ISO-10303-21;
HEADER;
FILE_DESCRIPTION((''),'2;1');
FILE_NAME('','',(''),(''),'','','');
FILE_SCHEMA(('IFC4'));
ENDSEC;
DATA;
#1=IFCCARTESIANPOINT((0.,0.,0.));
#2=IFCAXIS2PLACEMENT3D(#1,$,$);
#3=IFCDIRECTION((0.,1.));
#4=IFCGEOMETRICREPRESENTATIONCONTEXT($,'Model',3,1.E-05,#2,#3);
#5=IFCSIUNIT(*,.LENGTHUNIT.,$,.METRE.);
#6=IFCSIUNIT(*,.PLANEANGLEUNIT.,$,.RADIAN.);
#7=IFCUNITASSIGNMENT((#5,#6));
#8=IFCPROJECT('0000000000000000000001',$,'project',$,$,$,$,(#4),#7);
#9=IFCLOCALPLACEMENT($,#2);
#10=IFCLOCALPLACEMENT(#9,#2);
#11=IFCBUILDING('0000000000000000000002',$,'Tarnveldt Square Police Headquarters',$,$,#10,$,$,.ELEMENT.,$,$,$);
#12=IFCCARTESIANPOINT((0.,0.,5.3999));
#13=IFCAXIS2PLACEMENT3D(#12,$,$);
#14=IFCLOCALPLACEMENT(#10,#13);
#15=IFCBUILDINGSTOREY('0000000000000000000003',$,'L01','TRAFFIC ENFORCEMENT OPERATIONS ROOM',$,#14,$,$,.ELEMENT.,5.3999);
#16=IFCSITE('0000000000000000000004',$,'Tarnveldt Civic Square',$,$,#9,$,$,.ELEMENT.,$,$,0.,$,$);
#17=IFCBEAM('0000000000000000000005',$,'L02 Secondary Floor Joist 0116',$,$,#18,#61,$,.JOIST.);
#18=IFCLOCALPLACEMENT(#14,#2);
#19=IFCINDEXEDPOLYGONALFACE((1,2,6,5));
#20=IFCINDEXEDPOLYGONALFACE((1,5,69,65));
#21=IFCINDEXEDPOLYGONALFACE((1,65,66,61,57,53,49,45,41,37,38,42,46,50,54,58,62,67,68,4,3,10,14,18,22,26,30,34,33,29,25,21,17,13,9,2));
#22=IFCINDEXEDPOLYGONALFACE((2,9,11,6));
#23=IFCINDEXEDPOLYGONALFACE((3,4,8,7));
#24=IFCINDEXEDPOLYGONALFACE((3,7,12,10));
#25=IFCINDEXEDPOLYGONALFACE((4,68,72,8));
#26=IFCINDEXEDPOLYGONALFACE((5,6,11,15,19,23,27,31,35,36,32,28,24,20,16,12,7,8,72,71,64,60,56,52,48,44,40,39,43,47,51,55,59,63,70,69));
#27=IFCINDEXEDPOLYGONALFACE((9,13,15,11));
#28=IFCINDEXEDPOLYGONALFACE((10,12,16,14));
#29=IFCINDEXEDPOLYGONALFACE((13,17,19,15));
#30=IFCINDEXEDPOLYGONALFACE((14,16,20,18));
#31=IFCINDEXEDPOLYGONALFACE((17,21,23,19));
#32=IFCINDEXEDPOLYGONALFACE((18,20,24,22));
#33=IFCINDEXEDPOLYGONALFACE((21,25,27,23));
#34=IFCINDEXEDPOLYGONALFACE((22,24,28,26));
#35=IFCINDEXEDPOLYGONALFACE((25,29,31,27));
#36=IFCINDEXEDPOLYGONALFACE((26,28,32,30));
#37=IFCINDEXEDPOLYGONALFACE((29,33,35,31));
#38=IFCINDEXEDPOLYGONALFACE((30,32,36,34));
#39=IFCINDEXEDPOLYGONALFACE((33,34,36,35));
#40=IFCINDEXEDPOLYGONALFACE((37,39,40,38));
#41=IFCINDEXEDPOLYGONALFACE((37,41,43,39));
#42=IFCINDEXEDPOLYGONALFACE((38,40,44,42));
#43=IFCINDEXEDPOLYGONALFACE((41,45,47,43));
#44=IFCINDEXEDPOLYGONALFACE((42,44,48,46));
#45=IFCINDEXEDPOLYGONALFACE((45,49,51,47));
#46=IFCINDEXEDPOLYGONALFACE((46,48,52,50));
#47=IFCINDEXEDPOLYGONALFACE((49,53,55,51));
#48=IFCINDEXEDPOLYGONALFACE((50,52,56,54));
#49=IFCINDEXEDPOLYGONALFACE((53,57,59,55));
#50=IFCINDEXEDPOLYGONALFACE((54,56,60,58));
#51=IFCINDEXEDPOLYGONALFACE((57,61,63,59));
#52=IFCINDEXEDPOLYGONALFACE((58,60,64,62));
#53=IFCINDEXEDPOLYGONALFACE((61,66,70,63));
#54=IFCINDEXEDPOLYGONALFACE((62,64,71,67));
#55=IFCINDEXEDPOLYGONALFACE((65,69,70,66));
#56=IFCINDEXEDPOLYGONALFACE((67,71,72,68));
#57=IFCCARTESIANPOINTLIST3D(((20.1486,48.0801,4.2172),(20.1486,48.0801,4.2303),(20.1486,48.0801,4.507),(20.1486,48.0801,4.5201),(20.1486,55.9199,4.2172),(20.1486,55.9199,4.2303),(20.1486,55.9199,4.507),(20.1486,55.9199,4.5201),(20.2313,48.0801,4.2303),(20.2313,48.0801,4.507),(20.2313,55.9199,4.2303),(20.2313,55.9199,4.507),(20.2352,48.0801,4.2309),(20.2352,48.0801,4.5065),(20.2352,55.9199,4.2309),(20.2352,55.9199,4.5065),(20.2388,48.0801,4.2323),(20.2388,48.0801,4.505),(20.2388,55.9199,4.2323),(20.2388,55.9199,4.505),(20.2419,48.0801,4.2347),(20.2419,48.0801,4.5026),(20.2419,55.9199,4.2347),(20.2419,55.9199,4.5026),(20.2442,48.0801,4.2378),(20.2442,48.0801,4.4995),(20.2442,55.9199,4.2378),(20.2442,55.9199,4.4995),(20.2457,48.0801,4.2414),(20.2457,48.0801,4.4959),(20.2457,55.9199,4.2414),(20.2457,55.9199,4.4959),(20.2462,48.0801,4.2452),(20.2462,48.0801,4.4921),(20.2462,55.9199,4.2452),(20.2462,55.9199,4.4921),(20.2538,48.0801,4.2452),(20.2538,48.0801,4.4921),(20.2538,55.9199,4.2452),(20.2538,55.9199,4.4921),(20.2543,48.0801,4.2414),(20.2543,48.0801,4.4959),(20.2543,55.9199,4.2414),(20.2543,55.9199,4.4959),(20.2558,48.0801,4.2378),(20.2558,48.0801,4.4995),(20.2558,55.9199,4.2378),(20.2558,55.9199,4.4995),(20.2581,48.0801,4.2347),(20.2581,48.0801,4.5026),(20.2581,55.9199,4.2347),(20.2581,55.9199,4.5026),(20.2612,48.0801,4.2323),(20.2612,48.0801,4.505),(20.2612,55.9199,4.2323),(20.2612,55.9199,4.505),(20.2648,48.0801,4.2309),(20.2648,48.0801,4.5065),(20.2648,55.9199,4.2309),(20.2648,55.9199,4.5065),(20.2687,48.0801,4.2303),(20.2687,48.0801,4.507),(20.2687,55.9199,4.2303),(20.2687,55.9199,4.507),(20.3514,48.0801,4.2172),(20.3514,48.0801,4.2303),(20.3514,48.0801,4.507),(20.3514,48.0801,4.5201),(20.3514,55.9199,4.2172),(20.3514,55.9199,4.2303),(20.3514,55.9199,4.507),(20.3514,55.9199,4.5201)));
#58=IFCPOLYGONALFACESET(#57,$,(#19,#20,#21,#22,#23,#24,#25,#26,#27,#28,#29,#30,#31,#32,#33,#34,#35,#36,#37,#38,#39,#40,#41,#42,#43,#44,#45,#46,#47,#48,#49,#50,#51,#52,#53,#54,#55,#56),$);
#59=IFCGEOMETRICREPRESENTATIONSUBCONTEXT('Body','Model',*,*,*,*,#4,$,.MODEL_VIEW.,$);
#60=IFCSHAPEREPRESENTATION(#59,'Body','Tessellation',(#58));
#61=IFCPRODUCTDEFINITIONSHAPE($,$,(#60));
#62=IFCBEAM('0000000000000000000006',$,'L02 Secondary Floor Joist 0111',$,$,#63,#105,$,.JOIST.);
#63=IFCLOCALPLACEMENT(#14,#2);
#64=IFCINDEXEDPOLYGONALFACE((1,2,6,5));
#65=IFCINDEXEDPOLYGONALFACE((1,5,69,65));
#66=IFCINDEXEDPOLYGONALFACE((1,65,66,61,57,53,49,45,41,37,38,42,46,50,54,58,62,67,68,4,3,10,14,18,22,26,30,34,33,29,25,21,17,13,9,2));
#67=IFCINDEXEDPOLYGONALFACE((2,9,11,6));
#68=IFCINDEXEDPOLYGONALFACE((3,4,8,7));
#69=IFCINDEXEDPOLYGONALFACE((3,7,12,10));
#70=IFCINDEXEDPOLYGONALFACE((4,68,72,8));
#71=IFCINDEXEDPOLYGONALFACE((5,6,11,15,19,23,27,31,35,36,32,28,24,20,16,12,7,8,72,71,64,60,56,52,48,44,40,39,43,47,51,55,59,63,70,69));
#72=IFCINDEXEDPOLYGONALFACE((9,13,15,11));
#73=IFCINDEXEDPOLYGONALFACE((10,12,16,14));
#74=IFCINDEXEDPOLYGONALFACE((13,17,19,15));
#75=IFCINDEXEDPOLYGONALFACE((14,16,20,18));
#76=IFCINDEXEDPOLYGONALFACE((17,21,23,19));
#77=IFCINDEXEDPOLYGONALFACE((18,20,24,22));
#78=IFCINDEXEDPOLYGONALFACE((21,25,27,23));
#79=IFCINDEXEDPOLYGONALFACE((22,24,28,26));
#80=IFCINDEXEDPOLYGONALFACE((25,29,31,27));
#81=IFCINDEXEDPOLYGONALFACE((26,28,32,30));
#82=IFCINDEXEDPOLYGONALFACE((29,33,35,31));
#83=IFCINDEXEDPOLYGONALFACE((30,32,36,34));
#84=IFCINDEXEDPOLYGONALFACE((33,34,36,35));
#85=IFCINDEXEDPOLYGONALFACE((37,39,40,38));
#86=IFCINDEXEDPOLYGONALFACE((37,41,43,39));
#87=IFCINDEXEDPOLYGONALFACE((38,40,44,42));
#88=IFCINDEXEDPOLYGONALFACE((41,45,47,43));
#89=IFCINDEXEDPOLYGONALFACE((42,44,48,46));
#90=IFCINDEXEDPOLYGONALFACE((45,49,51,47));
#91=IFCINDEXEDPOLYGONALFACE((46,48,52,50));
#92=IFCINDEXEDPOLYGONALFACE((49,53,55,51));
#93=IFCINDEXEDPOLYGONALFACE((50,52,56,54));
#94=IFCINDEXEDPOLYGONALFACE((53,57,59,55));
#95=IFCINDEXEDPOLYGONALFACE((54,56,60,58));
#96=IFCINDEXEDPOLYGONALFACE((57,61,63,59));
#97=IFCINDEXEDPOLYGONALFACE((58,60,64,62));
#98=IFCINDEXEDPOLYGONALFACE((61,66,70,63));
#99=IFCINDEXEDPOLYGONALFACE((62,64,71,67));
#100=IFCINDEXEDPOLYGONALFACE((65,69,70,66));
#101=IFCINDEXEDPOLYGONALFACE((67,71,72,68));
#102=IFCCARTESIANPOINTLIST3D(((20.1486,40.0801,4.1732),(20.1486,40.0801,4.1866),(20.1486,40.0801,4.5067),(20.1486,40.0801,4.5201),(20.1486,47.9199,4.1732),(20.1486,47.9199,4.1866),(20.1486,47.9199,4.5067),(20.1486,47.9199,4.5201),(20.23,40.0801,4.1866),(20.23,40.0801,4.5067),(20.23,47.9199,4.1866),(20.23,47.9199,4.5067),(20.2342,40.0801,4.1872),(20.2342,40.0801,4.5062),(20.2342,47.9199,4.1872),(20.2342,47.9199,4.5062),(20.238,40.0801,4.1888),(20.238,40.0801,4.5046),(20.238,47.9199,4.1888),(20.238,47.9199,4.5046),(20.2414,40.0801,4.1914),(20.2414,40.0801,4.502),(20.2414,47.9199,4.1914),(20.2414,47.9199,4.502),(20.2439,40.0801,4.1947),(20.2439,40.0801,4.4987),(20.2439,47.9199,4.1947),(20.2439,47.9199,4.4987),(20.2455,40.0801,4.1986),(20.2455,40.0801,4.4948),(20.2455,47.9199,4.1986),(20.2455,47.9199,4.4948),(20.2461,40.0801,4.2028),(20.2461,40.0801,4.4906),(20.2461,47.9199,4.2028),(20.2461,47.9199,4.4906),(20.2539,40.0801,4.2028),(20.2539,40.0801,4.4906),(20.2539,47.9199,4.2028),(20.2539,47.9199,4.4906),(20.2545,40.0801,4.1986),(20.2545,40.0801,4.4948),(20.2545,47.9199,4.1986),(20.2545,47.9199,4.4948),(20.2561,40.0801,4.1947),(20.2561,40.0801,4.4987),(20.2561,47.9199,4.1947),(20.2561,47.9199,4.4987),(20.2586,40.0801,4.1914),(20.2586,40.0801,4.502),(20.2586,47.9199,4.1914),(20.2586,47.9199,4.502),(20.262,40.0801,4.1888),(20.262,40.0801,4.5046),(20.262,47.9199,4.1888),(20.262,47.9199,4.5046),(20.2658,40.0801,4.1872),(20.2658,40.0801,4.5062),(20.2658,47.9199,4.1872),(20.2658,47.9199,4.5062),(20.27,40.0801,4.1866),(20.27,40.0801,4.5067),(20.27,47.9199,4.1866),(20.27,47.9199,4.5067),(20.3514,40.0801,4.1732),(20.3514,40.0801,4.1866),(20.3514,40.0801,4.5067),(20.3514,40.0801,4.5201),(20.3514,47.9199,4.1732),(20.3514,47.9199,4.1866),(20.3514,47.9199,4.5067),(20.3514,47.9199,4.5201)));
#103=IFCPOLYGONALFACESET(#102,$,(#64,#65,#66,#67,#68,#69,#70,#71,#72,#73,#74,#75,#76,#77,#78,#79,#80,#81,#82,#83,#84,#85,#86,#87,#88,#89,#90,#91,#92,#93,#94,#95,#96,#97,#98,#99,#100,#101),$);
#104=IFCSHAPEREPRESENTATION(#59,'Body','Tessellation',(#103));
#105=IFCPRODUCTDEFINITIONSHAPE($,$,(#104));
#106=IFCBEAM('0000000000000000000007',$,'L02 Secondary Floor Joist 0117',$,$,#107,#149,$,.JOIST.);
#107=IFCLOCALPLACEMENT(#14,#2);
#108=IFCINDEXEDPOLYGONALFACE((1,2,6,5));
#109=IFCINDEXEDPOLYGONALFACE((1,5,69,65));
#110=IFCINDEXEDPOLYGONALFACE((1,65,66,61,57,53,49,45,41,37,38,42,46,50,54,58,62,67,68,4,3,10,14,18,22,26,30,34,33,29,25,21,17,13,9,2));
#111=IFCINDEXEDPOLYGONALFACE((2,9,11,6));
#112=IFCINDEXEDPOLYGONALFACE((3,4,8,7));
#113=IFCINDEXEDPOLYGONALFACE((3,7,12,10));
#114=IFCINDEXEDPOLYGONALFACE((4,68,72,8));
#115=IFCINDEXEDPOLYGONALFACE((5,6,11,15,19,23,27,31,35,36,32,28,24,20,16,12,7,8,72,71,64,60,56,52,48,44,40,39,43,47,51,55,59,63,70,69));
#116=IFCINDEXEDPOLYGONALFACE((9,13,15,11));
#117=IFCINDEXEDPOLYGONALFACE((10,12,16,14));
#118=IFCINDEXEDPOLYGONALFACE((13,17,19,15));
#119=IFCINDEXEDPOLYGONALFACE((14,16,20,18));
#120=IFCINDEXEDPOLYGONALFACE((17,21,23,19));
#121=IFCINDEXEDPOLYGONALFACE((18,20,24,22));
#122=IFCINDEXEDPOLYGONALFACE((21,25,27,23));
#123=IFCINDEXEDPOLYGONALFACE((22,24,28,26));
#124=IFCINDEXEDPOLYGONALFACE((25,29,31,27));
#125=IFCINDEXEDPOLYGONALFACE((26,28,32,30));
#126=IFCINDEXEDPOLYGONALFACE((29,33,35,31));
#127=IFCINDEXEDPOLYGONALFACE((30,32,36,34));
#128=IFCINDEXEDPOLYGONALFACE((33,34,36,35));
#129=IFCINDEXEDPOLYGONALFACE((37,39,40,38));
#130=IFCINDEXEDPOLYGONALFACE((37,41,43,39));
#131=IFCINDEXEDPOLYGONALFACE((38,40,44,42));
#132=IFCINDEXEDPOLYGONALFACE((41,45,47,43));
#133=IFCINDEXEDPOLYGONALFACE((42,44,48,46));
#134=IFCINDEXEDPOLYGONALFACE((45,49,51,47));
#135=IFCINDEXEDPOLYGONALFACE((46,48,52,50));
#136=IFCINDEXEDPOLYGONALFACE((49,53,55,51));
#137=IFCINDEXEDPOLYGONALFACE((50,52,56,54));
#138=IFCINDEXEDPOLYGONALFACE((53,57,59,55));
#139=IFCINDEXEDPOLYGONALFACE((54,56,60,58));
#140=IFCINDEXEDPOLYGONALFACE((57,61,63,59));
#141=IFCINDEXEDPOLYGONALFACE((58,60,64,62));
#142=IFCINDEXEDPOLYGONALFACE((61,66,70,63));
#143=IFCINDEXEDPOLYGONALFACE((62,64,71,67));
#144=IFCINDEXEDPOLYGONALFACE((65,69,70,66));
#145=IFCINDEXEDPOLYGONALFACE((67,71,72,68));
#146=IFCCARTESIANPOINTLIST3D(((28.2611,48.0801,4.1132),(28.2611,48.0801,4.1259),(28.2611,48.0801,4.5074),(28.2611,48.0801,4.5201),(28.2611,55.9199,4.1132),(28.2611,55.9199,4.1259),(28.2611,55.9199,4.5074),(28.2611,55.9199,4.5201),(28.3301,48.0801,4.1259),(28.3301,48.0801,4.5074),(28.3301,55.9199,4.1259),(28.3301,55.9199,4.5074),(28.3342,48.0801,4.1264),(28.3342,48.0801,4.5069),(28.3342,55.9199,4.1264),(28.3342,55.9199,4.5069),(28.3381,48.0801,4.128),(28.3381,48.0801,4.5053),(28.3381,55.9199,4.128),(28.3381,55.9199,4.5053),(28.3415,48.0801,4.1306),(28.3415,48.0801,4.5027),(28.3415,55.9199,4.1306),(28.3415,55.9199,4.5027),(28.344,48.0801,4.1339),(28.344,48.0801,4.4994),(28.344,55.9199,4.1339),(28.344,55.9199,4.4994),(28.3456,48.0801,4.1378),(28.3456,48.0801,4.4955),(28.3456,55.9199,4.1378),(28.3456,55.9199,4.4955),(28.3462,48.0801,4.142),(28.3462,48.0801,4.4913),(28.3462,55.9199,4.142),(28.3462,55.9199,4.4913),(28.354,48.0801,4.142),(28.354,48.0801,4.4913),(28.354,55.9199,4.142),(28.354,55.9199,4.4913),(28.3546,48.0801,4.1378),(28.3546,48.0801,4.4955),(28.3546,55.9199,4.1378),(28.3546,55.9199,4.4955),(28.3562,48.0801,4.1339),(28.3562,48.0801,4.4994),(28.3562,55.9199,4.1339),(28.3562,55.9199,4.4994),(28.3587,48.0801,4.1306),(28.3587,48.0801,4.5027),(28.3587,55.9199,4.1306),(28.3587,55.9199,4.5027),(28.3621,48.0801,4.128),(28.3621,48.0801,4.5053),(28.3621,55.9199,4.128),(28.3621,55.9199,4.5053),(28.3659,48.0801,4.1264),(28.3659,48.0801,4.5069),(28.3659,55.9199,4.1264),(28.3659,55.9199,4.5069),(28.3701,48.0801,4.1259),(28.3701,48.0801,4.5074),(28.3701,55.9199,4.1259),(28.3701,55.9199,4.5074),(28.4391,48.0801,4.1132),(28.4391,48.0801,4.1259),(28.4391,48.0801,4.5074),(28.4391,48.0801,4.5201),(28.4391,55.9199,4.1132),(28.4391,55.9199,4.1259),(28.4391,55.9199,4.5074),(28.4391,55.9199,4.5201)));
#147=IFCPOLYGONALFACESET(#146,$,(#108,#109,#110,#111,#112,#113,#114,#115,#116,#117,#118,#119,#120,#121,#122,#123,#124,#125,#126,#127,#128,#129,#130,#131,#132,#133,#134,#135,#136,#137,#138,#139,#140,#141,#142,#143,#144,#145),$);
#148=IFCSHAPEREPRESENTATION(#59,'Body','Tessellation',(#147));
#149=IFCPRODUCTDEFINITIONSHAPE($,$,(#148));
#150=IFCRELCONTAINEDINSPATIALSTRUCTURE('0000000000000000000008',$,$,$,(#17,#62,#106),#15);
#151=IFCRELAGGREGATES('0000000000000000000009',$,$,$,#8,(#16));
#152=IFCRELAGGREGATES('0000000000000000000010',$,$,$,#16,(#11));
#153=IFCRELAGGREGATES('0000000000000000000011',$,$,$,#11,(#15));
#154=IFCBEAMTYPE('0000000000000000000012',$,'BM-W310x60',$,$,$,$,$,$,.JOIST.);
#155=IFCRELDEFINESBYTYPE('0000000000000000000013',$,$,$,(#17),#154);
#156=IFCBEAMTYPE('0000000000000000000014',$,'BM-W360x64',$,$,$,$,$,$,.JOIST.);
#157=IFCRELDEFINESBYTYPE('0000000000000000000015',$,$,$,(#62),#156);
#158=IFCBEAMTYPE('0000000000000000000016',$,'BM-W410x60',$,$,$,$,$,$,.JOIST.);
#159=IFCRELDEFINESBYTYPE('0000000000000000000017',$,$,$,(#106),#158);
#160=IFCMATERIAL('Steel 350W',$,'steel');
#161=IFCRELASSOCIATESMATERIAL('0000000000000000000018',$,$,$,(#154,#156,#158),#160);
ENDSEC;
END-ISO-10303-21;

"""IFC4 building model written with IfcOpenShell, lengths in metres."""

from ifc_helpers import new_model, si_unit, direction, frame, origin, origin_2d, place, context, subcontext, project, spatial, i_section, extrude, material, material_profile, profile_set, type_object, element, save


model = new_model("IFC4")

# Units and contexts
model_context = context("Model", 3, precision=1e-05, world=origin(), true_north=direction((0.0, 1.0)))
body_context = subcontext(model_context, "Body", "Model", "MODEL_VIEW")
ifc_project = project(units=[si_unit("LENGTHUNIT", "METRE"), si_unit("PLANEANGLEUNIT", "RADIAN")], contexts=[model_context])

# Site, building, storey
site_placement = place(None, origin())
site = spatial("IfcSite", under=ifc_project, at=site_placement, Name="Tarnveldt Civic Square", CompositionType="ELEMENT", RefElevation=0.0)
building_placement = place(site_placement, origin())
building = spatial("IfcBuilding", under=site, at=building_placement, Name="Tarnveldt Square Police Headquarters", CompositionType="ELEMENT")
storey_placement = place(building_placement, frame((0.0, 0.0, 5.3999)))
storey = spatial("IfcBuildingStorey", under=building, at=storey_placement, Name="L01", Description="TRAFFIC ENFORCEMENT OPERATIONS ROOM", CompositionType="ELEMENT", Elevation=5.3999)

# Beams
ifc_material_1 = material(Name="Steel 350W", Category="steel")
ifc_material_profile_1 = material_profile(ifc_material_1, i_section(OverallWidth=0.2029, OverallDepth=0.303, WebThickness=0.0076, FlangeThickness=0.0132, FilletRadius=0.0149, at=origin_2d()), Name="W310x60")
ifc_profile_set_1 = profile_set([ifc_material_profile_1], Name="Steel 350W")
beam_type_1 = type_object("IfcBeamType", Name="BM-W310x60", PredefinedType="JOIST", material=ifc_profile_set_1)
for number, where, z_axis, x_axis, name in (
    (1, (20.25, 48.0801, 4.3687), (0.0, 1.0, 0.0), (-1.0, 0.0, 0.0), "L02 Secondary Floor Joist 0116"),
):
    element("IfcBeam", number, at=place(storey_placement, frame(where, z_axis=z_axis, x_axis=x_axis)), inside=storey, type_object=beam_type_1, Name=name, PredefinedType="JOIST", context=body_context, shape_type="SweptSolid", body=[
        extrude(i_section(OverallWidth=0.2029, OverallDepth=0.303, WebThickness=0.0076, FlangeThickness=0.0132, FilletRadius=0.0149, at=origin_2d()), origin(), (0.0, 0.0, 1.0), 7.8398),
    ])
ifc_material_profile_2 = material_profile(ifc_material_1, i_section(OverallWidth=0.2029, OverallDepth=0.3469, WebThickness=0.0078, FlangeThickness=0.0134, FilletRadius=0.0161, at=origin_2d()), Name="W360x64")
ifc_profile_set_2 = profile_set([ifc_material_profile_2], Name="Steel 350W")
beam_type_2 = type_object("IfcBeamType", Name="BM-W360x64", PredefinedType="JOIST", material=ifc_profile_set_2)
beam_1_placement = place(storey_placement, frame((20.25, 40.0801, 4.3467), z_axis=(0.0, 1.0, 0.0), x_axis=(-1.0, 0.0, 0.0)))
element("IfcBeam", 2, at=beam_1_placement, inside=storey, type_object=beam_type_2, Name="L02 Secondary Floor Joist 0111", PredefinedType="JOIST", context=body_context, shape_type="SweptSolid", body=[
    extrude(i_section(OverallWidth=0.2029, OverallDepth=0.3469, WebThickness=0.0078, FlangeThickness=0.0134, FilletRadius=0.0161, at=origin_2d()), origin(), (0.0, 0.0, 1.0), 7.8398),
])
ifc_material_profile_3 = material_profile(ifc_material_1, i_section(OverallWidth=0.178, OverallDepth=0.407, WebThickness=0.0078, FlangeThickness=0.0127, FilletRadius=0.0161, at=origin_2d()), Name="W410x60")
ifc_profile_set_3 = profile_set([ifc_material_profile_3], Name="Steel 350W")
beam_type_3 = type_object("IfcBeamType", Name="BM-W410x60", PredefinedType="JOIST", material=ifc_profile_set_3)
beam_2_placement = place(storey_placement, frame((28.3501, 48.0801, 4.3167), z_axis=(0.0, 1.0, 0.0), x_axis=(-1.0, 0.0, 0.0)))
element("IfcBeam", 3, at=beam_2_placement, inside=storey, type_object=beam_type_3, Name="L02 Secondary Floor Joist 0117", PredefinedType="JOIST", context=body_context, shape_type="SweptSolid", body=[
    extrude(i_section(OverallWidth=0.178, OverallDepth=0.407, WebThickness=0.0078, FlangeThickness=0.0127, FilletRadius=0.0161, at=origin_2d()), origin(), (0.0, 0.0, 1.0), 7.8398),
])

save(model, "model.ifc")
